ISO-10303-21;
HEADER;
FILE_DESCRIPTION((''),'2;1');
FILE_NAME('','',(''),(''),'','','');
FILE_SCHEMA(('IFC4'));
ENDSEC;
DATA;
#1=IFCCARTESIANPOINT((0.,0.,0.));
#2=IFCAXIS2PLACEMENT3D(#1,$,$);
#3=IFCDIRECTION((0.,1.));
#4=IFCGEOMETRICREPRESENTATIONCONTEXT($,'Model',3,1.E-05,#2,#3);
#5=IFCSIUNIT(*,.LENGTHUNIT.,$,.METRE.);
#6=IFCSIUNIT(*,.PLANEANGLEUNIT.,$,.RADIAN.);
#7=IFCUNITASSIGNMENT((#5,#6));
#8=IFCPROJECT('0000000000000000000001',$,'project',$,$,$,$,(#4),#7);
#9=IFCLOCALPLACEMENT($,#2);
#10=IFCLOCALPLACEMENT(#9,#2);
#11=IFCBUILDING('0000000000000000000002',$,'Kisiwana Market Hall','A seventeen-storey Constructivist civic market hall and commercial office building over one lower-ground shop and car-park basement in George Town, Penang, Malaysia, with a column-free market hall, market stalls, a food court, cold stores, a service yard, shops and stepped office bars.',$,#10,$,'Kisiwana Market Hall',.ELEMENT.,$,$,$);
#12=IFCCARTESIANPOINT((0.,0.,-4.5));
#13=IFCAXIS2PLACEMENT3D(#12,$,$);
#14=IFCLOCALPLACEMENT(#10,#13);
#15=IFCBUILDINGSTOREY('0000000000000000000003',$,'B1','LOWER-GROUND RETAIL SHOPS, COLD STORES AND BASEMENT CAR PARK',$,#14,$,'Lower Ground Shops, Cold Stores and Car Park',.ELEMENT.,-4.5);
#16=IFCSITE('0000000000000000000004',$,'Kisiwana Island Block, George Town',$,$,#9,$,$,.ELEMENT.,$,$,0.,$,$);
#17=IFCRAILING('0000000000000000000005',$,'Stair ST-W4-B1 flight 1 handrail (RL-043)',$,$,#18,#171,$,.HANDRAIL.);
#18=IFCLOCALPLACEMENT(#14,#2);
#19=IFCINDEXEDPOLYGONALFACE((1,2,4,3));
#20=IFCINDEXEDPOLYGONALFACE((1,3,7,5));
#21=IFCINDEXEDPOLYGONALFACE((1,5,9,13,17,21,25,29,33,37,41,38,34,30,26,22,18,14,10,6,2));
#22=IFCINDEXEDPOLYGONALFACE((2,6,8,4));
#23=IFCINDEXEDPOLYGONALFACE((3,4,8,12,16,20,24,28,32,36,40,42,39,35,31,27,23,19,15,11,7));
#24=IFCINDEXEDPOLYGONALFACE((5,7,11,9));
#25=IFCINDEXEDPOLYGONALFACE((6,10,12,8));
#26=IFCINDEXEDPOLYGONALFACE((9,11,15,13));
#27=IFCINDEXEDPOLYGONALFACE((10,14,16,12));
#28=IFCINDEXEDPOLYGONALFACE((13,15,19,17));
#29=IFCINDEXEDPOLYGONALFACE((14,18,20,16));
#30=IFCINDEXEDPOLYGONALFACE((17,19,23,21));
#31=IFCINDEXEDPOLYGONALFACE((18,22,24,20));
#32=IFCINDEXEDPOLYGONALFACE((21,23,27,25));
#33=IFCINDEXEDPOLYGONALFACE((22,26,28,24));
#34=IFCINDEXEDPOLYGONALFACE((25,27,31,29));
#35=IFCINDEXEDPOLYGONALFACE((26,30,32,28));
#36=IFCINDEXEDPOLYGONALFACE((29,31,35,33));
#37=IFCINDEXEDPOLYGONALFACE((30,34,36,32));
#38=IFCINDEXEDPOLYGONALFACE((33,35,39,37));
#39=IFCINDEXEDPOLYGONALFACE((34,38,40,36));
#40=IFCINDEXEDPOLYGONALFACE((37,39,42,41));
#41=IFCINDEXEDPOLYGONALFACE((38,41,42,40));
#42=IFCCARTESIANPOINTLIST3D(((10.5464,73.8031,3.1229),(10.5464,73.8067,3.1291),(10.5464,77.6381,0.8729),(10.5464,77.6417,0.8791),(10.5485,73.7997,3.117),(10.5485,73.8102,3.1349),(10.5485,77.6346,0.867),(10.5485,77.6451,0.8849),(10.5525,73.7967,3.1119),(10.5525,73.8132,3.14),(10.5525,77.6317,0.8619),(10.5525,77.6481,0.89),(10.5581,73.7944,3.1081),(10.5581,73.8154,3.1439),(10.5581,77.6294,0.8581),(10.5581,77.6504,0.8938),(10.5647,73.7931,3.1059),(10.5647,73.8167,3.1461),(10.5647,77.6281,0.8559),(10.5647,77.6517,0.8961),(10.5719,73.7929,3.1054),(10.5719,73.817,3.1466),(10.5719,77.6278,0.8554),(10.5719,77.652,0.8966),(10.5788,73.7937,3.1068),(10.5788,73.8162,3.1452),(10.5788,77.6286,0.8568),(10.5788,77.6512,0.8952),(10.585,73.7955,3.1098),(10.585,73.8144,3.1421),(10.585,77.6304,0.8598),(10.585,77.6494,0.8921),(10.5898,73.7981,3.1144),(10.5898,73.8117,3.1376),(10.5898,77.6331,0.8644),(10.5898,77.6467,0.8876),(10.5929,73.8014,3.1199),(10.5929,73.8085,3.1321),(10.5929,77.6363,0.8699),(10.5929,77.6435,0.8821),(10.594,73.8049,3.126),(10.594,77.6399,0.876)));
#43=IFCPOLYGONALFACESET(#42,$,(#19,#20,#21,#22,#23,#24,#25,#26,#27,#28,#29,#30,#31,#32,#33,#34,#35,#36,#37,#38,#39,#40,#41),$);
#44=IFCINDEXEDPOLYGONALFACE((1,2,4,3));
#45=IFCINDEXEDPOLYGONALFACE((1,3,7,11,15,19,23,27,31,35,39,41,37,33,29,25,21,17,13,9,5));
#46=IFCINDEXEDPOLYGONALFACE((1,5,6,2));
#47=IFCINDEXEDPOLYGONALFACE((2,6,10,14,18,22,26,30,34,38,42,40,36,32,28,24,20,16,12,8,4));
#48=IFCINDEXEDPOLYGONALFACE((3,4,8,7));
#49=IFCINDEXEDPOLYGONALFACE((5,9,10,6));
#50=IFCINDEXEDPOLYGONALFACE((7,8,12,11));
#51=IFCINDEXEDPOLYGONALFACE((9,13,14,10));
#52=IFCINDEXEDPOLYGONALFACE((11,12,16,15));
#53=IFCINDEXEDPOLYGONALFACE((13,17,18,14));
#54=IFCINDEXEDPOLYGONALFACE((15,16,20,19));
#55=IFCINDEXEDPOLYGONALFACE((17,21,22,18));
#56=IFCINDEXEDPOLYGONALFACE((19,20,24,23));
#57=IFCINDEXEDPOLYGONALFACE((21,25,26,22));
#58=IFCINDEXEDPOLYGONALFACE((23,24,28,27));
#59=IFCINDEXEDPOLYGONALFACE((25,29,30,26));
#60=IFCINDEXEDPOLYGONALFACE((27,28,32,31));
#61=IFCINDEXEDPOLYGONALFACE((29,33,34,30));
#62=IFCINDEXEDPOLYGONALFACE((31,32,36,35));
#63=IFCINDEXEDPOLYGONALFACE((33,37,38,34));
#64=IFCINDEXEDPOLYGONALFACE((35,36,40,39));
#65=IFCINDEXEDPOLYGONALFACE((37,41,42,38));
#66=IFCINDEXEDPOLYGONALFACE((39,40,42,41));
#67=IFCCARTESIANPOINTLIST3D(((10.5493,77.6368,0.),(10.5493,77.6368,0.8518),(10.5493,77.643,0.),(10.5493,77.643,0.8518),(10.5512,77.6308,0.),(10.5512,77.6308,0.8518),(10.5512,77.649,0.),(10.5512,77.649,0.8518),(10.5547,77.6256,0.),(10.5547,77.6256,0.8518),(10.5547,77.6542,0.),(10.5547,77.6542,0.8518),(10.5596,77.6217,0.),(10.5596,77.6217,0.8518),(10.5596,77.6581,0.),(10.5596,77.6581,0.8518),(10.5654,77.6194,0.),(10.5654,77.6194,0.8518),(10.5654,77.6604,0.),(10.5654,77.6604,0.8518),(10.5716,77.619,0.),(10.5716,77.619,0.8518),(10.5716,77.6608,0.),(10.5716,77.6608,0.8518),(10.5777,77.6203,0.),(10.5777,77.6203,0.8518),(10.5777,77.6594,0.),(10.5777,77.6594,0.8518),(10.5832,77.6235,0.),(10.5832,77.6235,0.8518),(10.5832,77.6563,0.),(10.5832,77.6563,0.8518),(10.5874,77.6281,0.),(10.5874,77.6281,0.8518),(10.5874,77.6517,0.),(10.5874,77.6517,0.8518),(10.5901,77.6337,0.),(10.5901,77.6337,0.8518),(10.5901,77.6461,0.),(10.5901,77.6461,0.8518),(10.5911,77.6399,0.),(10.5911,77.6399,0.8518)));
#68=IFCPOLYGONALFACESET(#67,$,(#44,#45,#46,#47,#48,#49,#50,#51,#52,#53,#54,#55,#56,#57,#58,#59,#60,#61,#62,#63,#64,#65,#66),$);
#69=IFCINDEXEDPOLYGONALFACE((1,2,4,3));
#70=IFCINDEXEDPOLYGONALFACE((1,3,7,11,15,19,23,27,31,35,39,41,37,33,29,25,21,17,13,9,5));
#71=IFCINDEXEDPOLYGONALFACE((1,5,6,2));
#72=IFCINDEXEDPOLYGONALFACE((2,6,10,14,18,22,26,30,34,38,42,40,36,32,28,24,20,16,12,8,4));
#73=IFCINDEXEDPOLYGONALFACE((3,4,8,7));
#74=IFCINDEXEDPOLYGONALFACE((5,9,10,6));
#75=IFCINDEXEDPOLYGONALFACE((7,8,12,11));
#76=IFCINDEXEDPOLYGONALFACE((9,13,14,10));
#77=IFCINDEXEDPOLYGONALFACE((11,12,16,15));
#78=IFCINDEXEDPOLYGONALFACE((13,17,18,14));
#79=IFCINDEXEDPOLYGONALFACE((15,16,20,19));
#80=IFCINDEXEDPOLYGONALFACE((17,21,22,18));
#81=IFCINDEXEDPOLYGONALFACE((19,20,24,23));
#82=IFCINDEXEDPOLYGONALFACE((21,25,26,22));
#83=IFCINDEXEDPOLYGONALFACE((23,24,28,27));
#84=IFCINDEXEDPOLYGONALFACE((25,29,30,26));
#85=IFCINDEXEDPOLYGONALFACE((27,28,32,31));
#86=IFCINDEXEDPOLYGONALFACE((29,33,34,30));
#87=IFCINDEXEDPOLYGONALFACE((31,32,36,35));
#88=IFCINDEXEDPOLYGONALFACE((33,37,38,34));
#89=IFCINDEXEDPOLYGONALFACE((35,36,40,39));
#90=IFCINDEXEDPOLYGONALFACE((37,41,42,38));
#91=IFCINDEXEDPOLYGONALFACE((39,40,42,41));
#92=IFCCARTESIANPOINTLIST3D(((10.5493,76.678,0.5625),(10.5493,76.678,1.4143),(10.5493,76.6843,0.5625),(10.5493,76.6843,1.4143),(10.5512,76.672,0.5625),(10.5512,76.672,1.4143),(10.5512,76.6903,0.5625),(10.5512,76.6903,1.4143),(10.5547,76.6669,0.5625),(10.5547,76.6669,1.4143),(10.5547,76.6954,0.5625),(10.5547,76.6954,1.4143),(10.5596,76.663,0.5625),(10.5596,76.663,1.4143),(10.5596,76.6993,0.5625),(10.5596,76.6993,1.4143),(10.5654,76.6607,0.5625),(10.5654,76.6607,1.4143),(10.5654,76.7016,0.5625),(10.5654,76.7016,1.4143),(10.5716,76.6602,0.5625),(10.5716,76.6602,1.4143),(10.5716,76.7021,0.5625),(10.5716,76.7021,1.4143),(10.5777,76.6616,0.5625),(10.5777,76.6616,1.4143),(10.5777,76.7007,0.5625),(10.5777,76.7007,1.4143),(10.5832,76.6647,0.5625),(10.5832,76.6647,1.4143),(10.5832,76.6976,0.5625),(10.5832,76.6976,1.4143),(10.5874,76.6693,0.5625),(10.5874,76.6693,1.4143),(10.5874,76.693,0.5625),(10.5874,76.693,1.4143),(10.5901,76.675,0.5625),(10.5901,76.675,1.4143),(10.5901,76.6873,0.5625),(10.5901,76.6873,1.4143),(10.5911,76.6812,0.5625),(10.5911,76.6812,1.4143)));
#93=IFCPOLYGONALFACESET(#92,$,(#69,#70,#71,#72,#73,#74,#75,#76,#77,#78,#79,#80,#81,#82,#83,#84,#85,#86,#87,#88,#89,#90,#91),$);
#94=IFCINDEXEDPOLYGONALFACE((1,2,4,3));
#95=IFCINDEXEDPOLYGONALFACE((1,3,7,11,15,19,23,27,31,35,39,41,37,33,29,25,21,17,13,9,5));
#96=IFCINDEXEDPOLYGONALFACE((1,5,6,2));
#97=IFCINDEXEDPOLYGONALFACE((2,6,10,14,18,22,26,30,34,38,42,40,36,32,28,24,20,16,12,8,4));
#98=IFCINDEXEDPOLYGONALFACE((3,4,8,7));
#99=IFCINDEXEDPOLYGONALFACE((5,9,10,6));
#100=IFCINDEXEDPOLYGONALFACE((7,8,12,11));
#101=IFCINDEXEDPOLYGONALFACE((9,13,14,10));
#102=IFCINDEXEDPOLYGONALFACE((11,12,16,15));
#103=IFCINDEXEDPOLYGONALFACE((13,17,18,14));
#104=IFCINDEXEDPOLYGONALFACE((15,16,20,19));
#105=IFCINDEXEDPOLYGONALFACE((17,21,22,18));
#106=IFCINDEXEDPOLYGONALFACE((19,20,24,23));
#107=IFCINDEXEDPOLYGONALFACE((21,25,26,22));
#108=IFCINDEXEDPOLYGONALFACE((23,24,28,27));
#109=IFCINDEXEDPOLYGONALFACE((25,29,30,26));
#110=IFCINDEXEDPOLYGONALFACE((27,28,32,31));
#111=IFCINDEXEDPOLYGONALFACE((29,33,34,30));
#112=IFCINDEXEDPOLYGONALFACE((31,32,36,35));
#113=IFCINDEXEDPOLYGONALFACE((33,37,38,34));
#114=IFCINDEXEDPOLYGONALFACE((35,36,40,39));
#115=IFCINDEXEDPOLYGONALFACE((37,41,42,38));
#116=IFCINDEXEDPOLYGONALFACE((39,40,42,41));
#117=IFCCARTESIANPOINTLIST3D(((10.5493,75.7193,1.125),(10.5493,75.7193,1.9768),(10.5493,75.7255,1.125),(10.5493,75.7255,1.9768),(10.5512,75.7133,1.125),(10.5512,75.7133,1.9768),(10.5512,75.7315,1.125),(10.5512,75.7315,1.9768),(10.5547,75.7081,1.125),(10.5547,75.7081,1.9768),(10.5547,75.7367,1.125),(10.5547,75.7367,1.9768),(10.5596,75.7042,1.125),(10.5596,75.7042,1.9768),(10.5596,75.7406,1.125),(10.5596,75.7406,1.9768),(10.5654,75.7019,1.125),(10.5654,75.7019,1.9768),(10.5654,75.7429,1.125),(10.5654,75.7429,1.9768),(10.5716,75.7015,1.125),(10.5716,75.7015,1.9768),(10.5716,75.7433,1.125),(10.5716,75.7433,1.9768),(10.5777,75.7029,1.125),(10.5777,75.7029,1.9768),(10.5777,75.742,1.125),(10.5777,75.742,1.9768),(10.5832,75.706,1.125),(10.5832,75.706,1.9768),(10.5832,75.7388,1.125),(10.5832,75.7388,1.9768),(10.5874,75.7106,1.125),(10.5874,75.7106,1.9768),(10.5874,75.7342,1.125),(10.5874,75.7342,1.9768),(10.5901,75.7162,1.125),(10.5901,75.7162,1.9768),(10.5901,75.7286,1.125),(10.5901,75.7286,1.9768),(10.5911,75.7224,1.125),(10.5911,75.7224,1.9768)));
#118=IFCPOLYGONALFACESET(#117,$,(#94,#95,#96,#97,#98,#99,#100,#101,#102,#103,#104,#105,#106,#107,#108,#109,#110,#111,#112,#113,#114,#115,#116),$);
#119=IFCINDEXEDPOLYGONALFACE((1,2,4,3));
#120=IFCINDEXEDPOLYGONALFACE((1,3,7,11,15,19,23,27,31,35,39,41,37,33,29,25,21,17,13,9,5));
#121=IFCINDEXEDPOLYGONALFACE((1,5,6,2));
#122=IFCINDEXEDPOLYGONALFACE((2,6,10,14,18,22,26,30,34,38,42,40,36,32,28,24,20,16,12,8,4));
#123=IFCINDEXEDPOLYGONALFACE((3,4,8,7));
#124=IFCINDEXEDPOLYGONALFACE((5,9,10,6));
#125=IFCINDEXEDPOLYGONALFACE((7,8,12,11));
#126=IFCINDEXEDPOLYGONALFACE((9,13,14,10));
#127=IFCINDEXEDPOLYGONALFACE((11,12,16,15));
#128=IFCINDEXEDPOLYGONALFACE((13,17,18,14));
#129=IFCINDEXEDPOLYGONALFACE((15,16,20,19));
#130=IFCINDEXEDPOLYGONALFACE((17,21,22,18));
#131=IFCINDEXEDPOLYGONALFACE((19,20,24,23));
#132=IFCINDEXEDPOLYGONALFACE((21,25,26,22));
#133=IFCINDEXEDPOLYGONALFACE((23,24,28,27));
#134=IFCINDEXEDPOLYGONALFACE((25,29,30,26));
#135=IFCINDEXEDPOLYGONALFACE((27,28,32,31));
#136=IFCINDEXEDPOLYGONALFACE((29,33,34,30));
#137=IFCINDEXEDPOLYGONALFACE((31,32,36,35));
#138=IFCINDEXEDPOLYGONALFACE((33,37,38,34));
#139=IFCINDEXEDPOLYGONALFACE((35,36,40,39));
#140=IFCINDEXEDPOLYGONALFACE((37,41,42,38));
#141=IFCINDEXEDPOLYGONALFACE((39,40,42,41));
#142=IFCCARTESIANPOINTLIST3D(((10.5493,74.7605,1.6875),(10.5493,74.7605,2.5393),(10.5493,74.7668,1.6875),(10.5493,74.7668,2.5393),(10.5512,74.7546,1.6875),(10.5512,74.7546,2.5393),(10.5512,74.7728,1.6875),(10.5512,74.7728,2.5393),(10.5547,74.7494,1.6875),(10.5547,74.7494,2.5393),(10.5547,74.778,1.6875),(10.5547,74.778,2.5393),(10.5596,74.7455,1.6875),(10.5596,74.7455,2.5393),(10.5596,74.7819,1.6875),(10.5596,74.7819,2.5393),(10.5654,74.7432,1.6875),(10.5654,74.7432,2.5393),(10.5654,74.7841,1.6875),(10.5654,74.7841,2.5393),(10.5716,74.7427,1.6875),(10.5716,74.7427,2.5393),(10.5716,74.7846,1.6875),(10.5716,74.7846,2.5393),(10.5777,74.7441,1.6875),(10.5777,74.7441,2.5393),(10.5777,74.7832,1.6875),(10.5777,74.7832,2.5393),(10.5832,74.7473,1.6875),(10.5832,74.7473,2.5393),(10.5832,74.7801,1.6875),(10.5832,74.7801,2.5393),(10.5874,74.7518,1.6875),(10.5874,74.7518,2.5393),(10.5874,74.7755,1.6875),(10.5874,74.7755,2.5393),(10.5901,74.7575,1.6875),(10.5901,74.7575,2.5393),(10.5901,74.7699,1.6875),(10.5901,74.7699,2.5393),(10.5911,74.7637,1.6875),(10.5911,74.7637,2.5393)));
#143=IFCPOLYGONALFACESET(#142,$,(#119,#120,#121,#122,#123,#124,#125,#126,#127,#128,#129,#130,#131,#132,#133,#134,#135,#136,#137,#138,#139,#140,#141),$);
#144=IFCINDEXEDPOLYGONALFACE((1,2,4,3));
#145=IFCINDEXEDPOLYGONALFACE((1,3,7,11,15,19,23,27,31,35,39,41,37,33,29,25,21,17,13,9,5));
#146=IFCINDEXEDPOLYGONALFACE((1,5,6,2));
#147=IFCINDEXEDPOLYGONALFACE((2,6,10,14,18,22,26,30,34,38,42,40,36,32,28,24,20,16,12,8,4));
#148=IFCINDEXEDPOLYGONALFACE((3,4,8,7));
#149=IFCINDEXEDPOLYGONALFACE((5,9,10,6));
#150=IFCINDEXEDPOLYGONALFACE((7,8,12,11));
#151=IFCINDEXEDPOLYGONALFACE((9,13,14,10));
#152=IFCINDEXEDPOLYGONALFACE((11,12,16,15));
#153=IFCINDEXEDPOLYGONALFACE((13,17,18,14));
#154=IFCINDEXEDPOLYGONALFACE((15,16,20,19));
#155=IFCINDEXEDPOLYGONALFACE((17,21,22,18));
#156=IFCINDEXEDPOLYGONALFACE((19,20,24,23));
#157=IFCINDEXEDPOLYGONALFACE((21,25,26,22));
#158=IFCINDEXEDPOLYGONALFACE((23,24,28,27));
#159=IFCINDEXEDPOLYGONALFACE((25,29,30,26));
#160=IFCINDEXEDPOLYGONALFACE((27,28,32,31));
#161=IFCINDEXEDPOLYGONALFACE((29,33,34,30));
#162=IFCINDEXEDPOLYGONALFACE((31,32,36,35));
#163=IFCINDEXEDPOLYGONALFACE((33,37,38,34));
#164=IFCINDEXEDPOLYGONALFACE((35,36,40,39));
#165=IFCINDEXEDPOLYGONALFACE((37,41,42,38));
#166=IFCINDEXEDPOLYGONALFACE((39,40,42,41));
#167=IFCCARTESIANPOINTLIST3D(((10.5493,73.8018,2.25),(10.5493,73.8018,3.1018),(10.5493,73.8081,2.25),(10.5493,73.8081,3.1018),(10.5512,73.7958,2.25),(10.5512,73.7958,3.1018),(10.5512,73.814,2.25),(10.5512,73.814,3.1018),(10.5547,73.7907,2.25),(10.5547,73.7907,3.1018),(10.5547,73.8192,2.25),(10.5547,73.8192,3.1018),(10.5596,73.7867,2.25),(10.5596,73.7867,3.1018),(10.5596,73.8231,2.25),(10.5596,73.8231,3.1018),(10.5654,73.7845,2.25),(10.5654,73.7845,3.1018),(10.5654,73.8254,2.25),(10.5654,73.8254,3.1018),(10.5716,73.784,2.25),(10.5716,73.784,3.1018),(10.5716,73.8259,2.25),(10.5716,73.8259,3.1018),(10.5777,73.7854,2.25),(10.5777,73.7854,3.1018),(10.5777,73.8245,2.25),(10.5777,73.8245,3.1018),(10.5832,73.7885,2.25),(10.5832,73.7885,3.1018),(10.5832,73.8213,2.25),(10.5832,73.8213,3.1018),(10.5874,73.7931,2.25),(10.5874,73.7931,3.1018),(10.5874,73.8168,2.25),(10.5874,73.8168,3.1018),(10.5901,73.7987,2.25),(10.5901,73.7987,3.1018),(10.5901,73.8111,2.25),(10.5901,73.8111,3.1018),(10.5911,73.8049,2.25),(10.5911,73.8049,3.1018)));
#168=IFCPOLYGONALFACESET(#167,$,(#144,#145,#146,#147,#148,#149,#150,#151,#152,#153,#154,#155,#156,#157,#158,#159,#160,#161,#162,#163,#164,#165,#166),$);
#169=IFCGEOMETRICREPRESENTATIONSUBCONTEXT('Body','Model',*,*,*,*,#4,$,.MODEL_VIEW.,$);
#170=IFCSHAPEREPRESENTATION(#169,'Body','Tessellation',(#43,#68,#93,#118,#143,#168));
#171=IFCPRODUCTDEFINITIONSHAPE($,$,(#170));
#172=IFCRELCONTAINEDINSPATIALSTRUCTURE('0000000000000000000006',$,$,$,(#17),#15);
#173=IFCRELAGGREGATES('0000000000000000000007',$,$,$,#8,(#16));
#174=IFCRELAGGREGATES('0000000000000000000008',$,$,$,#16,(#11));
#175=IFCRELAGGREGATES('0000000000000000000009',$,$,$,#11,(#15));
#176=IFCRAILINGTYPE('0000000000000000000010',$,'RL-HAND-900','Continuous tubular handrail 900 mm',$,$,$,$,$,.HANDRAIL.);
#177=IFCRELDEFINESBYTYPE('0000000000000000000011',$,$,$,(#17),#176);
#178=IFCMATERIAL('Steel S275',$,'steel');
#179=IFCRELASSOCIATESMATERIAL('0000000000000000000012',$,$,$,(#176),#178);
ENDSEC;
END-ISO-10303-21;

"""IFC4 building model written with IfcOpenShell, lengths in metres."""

from ifc_helpers import new_model, si_unit, direction, frame, origin, origin_2d, place, context, subcontext, project, spatial, circle, extrude, material, type_object, element, save


model = new_model("IFC4")

# Units and contexts
model_context = context("Model", 3, precision=1e-05, world=origin(), true_north=direction((0.0, 1.0)))
body_context = subcontext(model_context, "Body", "Model", "MODEL_VIEW")
ifc_project = project(units=[si_unit("LENGTHUNIT", "METRE"), si_unit("PLANEANGLEUNIT", "RADIAN")], contexts=[model_context])

# Site, building, storey
site_placement = place(None, origin())
site = spatial("IfcSite", under=ifc_project, at=site_placement, Name="Kisiwana Island Block, George Town", CompositionType="ELEMENT", RefElevation=0.0)
building_placement = place(site_placement, origin())
building = spatial("IfcBuilding", under=site, at=building_placement, Name="Kisiwana Market Hall", Description="A seventeen-storey Constructivist civic market hall and commercial office building over one lower-ground shop and car-park basement in George Town, Penang, Malaysia, with a column-free market hall, market stalls, a food court, cold stores, a service yard, shops and stepped office bars.", LongName="Kisiwana Market Hall", CompositionType="ELEMENT")
storey_placement = place(building_placement, frame((0.0, 0.0, -4.5)))
storey = spatial("IfcBuildingStorey", under=building, at=storey_placement, Name="B1", Description="LOWER-GROUND RETAIL SHOPS, COLD STORES AND BASEMENT CAR PARK", LongName="Lower Ground Shops, Cold Stores and Car Park", CompositionType="ELEMENT", Elevation=-4.5)

# Railing
ifc_material_1 = material(Name="Steel S275", Category="steel")
railing_type_1 = type_object("IfcRailingType", Name="RL-HAND-900", Description="Continuous tubular handrail 900 mm", PredefinedType="HANDRAIL", material=ifc_material_1)
for number, where, name in (
    (1, (10.5701, 77.6399, 0.0), "Stair ST-W4-B1 flight 1 handrail (RL-043)"),
):
    element("IfcRailing", number, at=place(storey_placement, frame(where)), inside=storey, type_object=railing_type_1, Name=name, PredefinedType="HANDRAIL", context=body_context, shape_type="SweptSolid", body=[
        extrude(circle(Radius=0.0239, at=origin_2d()), frame((0.0, 0.0, 0.876), z_axis=(0.0, -0.86251, 0.506041), x_axis=(1.0, 0.0, 0.0)), (0.0, 0.0, 1.0), 4.4463),
        extrude(circle(Radius=0.021, at=origin_2d()), origin(), (0.0, 0.0, 1.0), 0.8518),
        extrude(circle(Radius=0.021, at=origin_2d()), frame((0.0, -0.9587, 0.5625)), (0.0, 0.0, 1.0), 0.8518),
        extrude(circle(Radius=0.021, at=origin_2d()), frame((0.0, -1.9175, 1.125)), (0.0, 0.0, 1.0), 0.8518),
        extrude(circle(Radius=0.021, at=origin_2d()), frame((0.0, -2.8762, 1.6875)), (0.0, 0.0, 1.0), 0.8518),
        extrude(circle(Radius=0.021, at=origin_2d()), frame((0.0, -3.835, 2.25)), (0.0, 0.0, 1.0), 0.8518),
    ])

save(model, "model.ifc")
